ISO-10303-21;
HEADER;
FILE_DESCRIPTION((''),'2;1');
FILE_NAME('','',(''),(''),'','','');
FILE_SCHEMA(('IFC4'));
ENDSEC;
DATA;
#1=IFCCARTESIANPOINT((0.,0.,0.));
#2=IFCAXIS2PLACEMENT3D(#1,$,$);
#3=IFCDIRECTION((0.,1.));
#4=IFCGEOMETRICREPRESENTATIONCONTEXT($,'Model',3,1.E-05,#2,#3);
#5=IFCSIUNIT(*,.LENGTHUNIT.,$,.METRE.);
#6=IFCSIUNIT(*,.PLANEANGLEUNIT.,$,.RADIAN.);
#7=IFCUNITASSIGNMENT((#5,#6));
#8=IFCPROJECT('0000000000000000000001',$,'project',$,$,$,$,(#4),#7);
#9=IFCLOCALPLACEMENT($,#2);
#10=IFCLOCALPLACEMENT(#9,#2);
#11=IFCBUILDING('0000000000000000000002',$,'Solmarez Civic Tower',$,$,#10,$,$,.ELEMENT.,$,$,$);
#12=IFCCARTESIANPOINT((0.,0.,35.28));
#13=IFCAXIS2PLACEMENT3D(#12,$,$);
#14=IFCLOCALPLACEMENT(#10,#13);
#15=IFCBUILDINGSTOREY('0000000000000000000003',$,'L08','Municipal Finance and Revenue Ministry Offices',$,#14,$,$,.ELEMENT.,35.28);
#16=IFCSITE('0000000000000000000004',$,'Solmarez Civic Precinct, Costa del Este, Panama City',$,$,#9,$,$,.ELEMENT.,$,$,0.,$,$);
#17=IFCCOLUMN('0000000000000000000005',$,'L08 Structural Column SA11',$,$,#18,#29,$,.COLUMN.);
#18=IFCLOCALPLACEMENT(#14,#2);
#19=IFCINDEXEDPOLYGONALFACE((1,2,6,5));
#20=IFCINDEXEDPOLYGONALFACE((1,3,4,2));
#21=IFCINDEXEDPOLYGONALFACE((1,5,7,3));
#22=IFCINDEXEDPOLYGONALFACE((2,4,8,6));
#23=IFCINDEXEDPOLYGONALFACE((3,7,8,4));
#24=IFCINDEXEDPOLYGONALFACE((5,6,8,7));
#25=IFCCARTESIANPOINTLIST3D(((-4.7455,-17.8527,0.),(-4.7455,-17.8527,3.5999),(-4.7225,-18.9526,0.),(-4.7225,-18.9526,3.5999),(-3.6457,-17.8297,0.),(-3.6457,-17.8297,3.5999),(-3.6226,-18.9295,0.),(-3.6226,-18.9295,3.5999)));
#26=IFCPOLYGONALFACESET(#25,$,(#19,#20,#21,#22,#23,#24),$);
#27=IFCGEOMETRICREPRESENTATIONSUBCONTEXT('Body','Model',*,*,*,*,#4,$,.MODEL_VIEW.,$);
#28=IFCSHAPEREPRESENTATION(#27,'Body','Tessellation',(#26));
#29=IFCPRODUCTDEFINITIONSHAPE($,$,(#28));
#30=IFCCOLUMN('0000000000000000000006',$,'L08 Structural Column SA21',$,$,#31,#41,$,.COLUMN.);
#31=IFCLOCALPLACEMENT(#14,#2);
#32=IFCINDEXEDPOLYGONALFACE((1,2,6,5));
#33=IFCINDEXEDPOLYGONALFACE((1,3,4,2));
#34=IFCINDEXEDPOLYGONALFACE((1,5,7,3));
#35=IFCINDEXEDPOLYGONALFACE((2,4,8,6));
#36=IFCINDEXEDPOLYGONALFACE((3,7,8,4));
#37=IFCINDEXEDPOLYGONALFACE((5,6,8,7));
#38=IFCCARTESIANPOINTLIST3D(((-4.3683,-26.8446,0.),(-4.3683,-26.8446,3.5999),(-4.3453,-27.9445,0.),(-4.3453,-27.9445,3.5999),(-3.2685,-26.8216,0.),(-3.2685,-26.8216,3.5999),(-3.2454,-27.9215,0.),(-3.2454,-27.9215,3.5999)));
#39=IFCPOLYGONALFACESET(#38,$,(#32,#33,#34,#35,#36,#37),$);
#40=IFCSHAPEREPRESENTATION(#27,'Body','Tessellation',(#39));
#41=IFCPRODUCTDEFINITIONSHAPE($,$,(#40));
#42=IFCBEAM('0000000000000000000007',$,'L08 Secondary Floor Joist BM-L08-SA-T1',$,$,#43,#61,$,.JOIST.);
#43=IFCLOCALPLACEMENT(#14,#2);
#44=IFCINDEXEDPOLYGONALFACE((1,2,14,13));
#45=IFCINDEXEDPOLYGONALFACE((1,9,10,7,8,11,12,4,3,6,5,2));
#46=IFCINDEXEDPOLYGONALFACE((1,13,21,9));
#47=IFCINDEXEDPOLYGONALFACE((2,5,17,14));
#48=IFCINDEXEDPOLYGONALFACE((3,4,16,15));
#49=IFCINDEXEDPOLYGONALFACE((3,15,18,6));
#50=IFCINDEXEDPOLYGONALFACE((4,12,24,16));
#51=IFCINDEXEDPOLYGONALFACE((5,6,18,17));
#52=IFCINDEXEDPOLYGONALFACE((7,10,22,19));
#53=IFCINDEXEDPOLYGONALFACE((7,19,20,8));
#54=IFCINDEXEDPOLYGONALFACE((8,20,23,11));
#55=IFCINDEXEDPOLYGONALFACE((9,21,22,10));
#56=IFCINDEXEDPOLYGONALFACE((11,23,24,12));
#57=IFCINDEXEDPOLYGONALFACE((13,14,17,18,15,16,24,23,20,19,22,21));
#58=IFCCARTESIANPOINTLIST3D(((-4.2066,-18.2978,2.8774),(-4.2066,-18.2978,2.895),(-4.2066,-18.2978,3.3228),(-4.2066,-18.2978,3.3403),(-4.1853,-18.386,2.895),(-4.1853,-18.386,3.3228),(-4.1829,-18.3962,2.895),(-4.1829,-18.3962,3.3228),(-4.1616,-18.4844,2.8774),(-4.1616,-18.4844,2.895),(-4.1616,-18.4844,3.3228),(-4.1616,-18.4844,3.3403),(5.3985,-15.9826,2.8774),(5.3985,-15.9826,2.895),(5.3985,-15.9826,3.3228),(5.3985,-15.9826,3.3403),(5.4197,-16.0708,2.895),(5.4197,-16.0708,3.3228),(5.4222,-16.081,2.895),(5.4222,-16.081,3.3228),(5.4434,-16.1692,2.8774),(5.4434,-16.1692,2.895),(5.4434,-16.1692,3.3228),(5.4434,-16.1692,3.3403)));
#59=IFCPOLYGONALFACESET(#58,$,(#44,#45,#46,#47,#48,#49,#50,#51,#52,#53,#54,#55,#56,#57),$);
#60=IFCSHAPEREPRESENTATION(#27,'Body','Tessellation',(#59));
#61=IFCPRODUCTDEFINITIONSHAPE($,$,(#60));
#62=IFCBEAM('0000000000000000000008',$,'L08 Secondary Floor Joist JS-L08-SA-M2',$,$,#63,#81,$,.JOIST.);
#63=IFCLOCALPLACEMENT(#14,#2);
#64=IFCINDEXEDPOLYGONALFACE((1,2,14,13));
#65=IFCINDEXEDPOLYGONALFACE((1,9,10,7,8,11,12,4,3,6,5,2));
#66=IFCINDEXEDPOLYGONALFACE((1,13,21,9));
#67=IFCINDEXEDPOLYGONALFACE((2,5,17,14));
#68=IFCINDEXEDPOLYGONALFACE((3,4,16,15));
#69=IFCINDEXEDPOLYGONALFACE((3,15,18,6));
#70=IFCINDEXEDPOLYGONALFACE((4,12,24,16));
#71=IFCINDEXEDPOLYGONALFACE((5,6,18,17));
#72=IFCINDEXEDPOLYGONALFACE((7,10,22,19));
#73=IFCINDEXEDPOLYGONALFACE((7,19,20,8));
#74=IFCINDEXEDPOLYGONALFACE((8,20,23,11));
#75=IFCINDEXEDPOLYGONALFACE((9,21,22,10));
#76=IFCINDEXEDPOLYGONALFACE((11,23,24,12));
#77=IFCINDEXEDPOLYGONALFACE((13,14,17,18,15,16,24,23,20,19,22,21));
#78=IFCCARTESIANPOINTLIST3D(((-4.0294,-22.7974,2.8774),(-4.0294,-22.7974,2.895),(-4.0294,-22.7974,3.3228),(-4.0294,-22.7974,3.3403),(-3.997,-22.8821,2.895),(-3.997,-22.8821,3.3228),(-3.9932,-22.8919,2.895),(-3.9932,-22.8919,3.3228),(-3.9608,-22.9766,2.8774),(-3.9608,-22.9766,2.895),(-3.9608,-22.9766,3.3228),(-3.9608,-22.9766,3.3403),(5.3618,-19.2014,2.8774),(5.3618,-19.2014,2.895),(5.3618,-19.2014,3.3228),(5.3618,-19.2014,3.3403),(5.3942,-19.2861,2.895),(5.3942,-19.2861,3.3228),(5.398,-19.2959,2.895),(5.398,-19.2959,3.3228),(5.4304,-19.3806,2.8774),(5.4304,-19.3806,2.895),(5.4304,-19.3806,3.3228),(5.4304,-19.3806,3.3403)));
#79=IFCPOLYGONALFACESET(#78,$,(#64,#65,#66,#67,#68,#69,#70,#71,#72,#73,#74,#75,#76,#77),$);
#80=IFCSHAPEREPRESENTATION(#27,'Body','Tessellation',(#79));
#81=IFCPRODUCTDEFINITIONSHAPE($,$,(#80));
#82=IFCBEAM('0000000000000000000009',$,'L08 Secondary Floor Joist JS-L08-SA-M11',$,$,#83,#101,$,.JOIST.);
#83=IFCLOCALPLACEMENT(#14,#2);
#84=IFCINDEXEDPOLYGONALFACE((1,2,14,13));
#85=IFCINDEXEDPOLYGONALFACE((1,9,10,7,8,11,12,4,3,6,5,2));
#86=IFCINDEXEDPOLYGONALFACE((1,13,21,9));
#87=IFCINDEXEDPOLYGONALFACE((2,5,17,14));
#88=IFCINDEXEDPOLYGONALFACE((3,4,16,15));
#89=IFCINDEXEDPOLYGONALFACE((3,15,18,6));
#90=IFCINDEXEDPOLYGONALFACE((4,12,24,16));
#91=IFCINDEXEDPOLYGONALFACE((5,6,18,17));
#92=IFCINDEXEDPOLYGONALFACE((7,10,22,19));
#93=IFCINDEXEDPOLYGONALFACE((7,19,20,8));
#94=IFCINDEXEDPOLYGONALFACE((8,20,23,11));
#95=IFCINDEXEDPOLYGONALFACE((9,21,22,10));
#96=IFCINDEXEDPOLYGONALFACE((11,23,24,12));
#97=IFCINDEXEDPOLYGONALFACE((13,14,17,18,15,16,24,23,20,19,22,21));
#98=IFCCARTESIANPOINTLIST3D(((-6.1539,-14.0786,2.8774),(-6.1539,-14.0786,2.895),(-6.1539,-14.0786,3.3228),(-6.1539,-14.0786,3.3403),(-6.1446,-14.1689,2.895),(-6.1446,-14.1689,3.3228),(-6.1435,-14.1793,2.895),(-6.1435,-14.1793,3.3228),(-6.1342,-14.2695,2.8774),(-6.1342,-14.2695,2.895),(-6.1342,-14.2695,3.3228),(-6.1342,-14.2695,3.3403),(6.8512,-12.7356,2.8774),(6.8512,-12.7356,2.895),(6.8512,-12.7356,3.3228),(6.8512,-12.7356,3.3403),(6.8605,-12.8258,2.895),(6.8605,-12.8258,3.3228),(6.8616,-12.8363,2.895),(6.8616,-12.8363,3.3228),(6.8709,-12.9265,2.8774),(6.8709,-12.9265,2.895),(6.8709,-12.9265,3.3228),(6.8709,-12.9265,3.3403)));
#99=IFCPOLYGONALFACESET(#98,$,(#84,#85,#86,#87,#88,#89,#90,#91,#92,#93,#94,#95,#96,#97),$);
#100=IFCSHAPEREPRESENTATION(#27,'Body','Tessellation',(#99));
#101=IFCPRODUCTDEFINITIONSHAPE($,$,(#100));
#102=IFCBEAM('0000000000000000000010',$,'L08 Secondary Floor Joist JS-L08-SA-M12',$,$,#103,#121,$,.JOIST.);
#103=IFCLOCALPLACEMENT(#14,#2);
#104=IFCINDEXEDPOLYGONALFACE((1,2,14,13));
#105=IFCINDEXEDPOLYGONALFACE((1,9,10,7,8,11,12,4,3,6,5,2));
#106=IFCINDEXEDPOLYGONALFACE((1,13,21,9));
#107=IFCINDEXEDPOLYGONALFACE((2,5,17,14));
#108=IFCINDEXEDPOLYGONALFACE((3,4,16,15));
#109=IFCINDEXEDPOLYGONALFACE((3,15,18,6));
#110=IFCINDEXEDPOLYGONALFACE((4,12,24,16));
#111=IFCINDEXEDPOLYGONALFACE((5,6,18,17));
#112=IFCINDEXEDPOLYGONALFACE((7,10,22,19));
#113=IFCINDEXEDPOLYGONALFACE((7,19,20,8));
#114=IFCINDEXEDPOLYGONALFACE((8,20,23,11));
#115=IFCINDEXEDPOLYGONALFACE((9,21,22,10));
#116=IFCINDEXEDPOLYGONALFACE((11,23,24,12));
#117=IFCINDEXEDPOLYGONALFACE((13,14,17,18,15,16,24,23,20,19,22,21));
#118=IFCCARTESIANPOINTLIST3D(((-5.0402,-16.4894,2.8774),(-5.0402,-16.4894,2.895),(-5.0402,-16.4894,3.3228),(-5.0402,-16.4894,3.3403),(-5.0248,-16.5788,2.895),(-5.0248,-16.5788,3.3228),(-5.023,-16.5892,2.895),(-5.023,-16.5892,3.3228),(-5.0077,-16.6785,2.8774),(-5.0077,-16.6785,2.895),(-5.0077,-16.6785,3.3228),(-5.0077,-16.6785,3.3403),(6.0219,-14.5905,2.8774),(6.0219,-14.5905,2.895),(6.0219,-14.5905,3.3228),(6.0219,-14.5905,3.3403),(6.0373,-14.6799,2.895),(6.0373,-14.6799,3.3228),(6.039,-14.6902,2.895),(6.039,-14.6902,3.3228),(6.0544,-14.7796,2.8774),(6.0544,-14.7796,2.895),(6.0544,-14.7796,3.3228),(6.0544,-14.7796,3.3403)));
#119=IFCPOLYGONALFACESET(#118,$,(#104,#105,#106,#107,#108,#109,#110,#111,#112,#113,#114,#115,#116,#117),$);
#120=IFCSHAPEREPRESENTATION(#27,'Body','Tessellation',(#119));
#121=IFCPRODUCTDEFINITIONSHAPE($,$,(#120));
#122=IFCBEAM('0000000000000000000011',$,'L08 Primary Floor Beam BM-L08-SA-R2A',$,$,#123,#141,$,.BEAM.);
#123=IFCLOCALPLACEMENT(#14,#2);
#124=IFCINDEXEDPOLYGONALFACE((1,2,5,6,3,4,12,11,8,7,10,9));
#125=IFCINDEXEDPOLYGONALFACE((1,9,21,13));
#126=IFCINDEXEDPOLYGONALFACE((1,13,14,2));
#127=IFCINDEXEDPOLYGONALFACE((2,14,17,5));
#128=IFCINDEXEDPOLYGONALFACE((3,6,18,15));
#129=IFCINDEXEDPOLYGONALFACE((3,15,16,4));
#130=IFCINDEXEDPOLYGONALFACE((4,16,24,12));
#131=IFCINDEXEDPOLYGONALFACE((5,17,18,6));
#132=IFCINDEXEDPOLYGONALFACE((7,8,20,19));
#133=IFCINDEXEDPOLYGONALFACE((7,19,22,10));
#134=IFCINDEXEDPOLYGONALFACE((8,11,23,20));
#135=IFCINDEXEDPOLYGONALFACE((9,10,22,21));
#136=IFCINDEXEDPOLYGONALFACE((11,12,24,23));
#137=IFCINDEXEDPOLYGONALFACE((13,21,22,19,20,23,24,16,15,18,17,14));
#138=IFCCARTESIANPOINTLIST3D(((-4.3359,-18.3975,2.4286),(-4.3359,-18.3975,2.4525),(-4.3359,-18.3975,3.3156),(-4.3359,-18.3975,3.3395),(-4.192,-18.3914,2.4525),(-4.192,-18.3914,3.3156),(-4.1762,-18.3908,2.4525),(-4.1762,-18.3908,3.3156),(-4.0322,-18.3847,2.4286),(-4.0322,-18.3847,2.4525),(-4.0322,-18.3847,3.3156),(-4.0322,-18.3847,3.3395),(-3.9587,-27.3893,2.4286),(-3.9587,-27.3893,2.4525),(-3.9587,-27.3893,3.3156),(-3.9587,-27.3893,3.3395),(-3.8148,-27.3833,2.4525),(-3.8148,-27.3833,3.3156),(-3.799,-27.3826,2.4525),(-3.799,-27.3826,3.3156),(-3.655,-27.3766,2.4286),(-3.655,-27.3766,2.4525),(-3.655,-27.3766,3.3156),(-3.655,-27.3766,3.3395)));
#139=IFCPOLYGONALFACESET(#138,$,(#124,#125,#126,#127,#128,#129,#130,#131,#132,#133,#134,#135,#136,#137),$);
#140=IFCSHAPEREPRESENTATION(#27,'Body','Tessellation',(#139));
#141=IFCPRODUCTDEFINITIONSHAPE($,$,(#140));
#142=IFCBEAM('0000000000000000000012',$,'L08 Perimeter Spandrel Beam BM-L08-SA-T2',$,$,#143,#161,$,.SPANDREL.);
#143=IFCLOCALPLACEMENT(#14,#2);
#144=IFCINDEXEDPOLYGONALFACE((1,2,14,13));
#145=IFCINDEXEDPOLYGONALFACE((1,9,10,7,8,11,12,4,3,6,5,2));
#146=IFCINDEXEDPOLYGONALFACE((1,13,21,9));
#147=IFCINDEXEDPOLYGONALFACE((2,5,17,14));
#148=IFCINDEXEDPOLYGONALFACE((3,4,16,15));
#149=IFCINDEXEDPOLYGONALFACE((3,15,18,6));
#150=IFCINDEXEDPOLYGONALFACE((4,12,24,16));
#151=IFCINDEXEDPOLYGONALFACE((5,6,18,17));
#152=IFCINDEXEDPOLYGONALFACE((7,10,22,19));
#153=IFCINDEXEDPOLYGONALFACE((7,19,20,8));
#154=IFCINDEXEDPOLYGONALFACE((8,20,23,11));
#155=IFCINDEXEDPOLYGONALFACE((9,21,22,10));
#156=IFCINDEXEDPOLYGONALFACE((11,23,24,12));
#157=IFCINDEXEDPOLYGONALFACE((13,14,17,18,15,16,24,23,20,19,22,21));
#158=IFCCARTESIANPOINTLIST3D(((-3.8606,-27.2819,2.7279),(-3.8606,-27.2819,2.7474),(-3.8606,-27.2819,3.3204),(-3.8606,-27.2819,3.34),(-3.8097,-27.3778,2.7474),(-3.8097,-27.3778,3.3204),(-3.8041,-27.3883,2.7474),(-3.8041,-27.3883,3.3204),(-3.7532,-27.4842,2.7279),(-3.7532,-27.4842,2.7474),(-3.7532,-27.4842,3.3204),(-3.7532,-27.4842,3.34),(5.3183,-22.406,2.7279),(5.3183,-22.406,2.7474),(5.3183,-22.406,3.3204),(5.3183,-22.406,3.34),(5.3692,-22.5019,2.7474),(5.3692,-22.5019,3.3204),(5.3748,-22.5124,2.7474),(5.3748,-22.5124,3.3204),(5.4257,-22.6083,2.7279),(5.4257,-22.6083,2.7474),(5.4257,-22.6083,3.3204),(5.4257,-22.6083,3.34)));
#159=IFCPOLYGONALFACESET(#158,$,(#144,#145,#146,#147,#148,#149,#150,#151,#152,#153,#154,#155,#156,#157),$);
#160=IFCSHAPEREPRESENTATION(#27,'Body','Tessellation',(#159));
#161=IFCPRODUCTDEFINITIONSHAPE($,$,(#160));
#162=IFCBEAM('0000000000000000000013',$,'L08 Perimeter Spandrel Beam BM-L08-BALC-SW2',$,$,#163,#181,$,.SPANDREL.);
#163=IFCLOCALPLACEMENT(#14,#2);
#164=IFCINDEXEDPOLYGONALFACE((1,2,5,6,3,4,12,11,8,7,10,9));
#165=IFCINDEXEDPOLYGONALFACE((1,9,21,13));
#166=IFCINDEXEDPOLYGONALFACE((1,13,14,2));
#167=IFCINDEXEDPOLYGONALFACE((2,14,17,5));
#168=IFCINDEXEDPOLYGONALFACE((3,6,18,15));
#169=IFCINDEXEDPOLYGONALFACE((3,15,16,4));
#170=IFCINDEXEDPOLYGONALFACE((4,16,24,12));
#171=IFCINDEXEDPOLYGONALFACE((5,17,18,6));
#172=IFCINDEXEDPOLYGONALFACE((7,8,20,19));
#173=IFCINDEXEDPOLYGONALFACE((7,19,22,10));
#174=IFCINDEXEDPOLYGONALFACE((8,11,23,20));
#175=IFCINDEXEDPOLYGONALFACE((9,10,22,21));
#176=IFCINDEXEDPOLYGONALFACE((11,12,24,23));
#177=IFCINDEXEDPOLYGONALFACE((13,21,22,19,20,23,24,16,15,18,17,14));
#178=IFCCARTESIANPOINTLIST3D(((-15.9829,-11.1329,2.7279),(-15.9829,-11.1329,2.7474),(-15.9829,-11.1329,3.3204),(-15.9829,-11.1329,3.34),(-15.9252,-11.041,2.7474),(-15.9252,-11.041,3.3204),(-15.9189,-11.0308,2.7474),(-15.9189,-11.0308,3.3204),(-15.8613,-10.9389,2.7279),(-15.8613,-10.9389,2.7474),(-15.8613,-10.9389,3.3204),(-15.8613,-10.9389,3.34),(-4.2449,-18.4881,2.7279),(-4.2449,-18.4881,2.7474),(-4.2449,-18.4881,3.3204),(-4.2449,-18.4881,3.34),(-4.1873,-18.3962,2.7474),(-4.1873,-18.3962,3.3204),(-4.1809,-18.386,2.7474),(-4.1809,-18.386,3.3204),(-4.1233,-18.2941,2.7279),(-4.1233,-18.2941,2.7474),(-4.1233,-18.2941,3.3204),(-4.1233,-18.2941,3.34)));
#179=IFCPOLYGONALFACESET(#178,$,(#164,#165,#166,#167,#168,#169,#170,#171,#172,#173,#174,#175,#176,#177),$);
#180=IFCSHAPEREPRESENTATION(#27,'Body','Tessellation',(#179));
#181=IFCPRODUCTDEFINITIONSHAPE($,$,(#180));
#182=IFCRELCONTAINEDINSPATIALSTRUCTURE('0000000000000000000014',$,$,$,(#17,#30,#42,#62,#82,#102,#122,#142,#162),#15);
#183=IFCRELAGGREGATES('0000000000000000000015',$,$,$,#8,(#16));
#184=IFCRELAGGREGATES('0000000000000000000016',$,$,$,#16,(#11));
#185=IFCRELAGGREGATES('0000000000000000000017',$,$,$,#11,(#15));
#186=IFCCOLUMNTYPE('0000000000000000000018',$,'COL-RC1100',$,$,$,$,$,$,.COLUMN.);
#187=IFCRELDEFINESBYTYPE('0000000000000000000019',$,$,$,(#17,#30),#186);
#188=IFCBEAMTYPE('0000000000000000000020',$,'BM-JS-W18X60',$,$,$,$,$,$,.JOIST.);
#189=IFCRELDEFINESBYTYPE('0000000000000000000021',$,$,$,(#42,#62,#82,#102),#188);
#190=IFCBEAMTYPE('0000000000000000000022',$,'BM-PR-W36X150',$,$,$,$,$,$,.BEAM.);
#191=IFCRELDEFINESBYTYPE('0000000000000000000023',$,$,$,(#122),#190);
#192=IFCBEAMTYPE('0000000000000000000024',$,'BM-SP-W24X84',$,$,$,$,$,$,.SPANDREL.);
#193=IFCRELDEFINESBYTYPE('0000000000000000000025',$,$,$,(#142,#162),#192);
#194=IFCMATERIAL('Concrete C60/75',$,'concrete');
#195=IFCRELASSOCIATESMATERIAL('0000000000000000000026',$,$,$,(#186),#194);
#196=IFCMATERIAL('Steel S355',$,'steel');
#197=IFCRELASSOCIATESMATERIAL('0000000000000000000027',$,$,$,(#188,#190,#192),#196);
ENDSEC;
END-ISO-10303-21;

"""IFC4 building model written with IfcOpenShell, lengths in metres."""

from ifc_helpers import new_model, si_unit, direction, frame, origin, origin_2d, place, context, subcontext, project, spatial, rectangle, i_section, extrude, material, material_profile, profile_set, type_object, element, save


model = new_model("IFC4")

# Units and contexts
model_context = context("Model", 3, precision=1e-05, world=origin(), true_north=direction((0.0, 1.0)))
body_context = subcontext(model_context, "Body", "Model", "MODEL_VIEW")
ifc_project = project(units=[si_unit("LENGTHUNIT", "METRE"), si_unit("PLANEANGLEUNIT", "RADIAN")], contexts=[model_context])

# Site, building, storey
site_placement = place(None, origin())
site = spatial("IfcSite", under=ifc_project, at=site_placement, Name="Solmarez Civic Precinct, Costa del Este, Panama City", CompositionType="ELEMENT", RefElevation=0.0)
building_placement = place(site_placement, origin())
building = spatial("IfcBuilding", under=site, at=building_placement, Name="Solmarez Civic Tower", CompositionType="ELEMENT")
storey_placement = place(building_placement, frame((0.0, 0.0, 35.28)))
storey = spatial("IfcBuildingStorey", under=building, at=storey_placement, Name="L08", Description="Municipal Finance and Revenue Ministry Offices", CompositionType="ELEMENT", Elevation=35.28)

# Columns
ifc_material_1 = material(Name="Concrete C60/75", Category="concrete")
ifc_material_profile_1 = material_profile(ifc_material_1, rectangle(XDim=1.1001, YDim=1.1001, at=origin_2d()), Name="RC1100X1100")
ifc_profile_set_1 = profile_set([ifc_material_profile_1], Name="Concrete C60/75")
column_type = type_object("IfcColumnType", Name="COL-RC1100", PredefinedType="COLUMN", material=ifc_profile_set_1)
for number, where, z_axis, x_axis, name in (
    (1, (-4.1841, -18.3911, 0.0), (0.0, 0.0, 1.0), (0.999781, 0.020942, 0.0), "L08 Structural Column SA11"),
    (2, (-3.8069, -27.3831, 0.0), (0.0, 0.0, 1.0), (0.999781, 0.020942, 0.0), "L08 Structural Column SA21"),
):
    element("IfcColumn", number, at=place(storey_placement, frame(where, z_axis=z_axis, x_axis=x_axis)), inside=storey, type_object=column_type, Name=name, PredefinedType="COLUMN", context=body_context, shape_type="SweptSolid", body=[
        extrude(rectangle(XDim=1.1001, YDim=1.1001, at=origin_2d()), origin(), (0.0, 0.0, 1.0), 3.5999),
    ])

# Beams
ifc_material_2 = material(Name="Steel S355", Category="steel")
ifc_material_profile_2 = material_profile(ifc_material_2, i_section(OverallWidth=0.1919, OverallDepth=0.4629, WebThickness=0.0105, FlangeThickness=0.0176, at=origin_2d()), Name="W18X60")
ifc_profile_set_2 = profile_set([ifc_material_profile_2], Name="Steel S355")
beam_type_1 = type_object("IfcBeamType", Name="BM-JS-W18X60", PredefinedType="JOIST", material=ifc_profile_set_2)
beam_1_placement = place(storey_placement, frame((-4.1841, -18.3911, 3.1089), z_axis=(0.972157, 0.234329, 0.0), x_axis=(-0.234329, 0.972157, 0.0)))
element("IfcBeam", 3, at=beam_1_placement, inside=storey, type_object=beam_type_1, Name="L08 Secondary Floor Joist BM-L08-SA-T1", PredefinedType="JOIST", context=body_context, shape_type="SweptSolid", body=[
    extrude(i_section(OverallWidth=0.1919, OverallDepth=0.4629, WebThickness=0.0105, FlangeThickness=0.0176, at=origin_2d()), origin(), (0.0, 0.0, 1.0), 9.8801),
])
beam_2_placement = place(storey_placement, frame((-3.9951, -22.887, 3.1089), z_axis=(0.933878, 0.357591, 0.0), x_axis=(-0.357591, 0.933878, 0.0)))
element("IfcBeam", 4, at=beam_2_placement, inside=storey, type_object=beam_type_1, Name="L08 Secondary Floor Joist JS-L08-SA-M2", PredefinedType="JOIST", context=body_context, shape_type="SweptSolid", body=[
    extrude(i_section(OverallWidth=0.1919, OverallDepth=0.4629, WebThickness=0.0105, FlangeThickness=0.0176, at=origin_2d()), origin(), (0.0, 0.0, 1.0), 10.0562),
])
beam_3_placement = place(storey_placement, frame((-6.144, -14.1741, 3.1089), z_axis=(0.99471, 0.102722, 0.0), x_axis=(-0.102722, 0.99471, 0.0)))
element("IfcBeam", 5, at=beam_3_placement, inside=storey, type_object=beam_type_1, Name="L08 Secondary Floor Joist JS-L08-SA-M11", PredefinedType="JOIST", context=body_context, shape_type="SweptSolid", body=[
    extrude(i_section(OverallWidth=0.1919, OverallDepth=0.4629, WebThickness=0.0105, FlangeThickness=0.0176, at=origin_2d()), origin(), (0.0, 0.0, 1.0), 13.0742),
])
beam_4_placement = place(storey_placement, frame((-5.0239, -16.584, 3.1089), z_axis=(0.985584, 0.169187, 0.0), x_axis=(-0.169187, 0.985584, 0.0)))
element("IfcBeam", 6, at=beam_4_placement, inside=storey, type_object=beam_type_1, Name="L08 Secondary Floor Joist JS-L08-SA-M12", PredefinedType="JOIST", context=body_context, shape_type="SweptSolid", body=[
    extrude(i_section(OverallWidth=0.1919, OverallDepth=0.4629, WebThickness=0.0105, FlangeThickness=0.0176, at=origin_2d()), origin(), (0.0, 0.0, 1.0), 11.2239),
])
ifc_material_profile_3 = material_profile(ifc_material_2, i_section(OverallWidth=0.304, OverallDepth=0.9109, WebThickness=0.0159, FlangeThickness=0.0239, at=origin_2d()), Name="W36X150")
ifc_profile_set_3 = profile_set([ifc_material_profile_3], Name="Steel S355")
beam_type_2 = type_object("IfcBeamType", Name="BM-PR-W36X150", PredefinedType="BEAM", material=ifc_profile_set_3)
beam_5_placement = place(storey_placement, frame((-4.1841, -18.3911, 2.884), z_axis=(0.041911, -0.999121, 0.0), x_axis=(0.999121, 0.041911, 0.0)))
element("IfcBeam", 7, at=beam_5_placement, inside=storey, type_object=beam_type_2, Name="L08 Primary Floor Beam BM-L08-SA-R2A", PredefinedType="BEAM", context=body_context, shape_type="SweptSolid", body=[
    extrude(i_section(OverallWidth=0.304, OverallDepth=0.9109, WebThickness=0.0159, FlangeThickness=0.0239, at=origin_2d()), origin(), (0.0, 0.0, 1.0), 8.9998),
])
ifc_material_profile_4 = material_profile(ifc_material_2, i_section(OverallWidth=0.229, OverallDepth=0.6121, WebThickness=0.012, FlangeThickness=0.0195, at=origin_2d()), Name="W24X84")
ifc_profile_set_4 = profile_set([ifc_material_profile_4], Name="Steel S355")
beam_type_3 = type_object("IfcBeamType", Name="BM-SP-W24X84", PredefinedType="SPANDREL", material=ifc_profile_set_4)
beam_6_placement = place(storey_placement, frame((-3.8069, -27.3831, 3.0339), z_axis=(0.883129, 0.469129, 0.0), x_axis=(-0.469129, 0.883129, 0.0)))
element("IfcBeam", 8, at=beam_6_placement, inside=storey, type_object=beam_type_3, Name="L08 Perimeter Spandrel Beam BM-L08-SA-T2", PredefinedType="SPANDREL", context=body_context, shape_type="SweptSolid", body=[
    extrude(i_section(OverallWidth=0.229, OverallDepth=0.6121, WebThickness=0.012, FlangeThickness=0.0195, at=origin_2d()), origin(), (0.0, 0.0, 1.0), 10.3936),
])
beam_7_placement = place(storey_placement, frame((-4.1841, -18.3911, 3.0339), z_axis=(-0.847383, 0.530982, 0.0), x_axis=(-0.530982, -0.847383, 0.0)))
element("IfcBeam", 9, at=beam_7_placement, inside=storey, type_object=beam_type_3, Name="L08 Perimeter Spandrel Beam BM-L08-BALC-SW2", PredefinedType="SPANDREL", context=body_context, shape_type="SweptSolid", body=[
    extrude(i_section(OverallWidth=0.229, OverallDepth=0.6121, WebThickness=0.012, FlangeThickness=0.0195, at=origin_2d()), origin(), (0.0, 0.0, 1.0), 13.8521),
])

save(model, "model.ifc")
